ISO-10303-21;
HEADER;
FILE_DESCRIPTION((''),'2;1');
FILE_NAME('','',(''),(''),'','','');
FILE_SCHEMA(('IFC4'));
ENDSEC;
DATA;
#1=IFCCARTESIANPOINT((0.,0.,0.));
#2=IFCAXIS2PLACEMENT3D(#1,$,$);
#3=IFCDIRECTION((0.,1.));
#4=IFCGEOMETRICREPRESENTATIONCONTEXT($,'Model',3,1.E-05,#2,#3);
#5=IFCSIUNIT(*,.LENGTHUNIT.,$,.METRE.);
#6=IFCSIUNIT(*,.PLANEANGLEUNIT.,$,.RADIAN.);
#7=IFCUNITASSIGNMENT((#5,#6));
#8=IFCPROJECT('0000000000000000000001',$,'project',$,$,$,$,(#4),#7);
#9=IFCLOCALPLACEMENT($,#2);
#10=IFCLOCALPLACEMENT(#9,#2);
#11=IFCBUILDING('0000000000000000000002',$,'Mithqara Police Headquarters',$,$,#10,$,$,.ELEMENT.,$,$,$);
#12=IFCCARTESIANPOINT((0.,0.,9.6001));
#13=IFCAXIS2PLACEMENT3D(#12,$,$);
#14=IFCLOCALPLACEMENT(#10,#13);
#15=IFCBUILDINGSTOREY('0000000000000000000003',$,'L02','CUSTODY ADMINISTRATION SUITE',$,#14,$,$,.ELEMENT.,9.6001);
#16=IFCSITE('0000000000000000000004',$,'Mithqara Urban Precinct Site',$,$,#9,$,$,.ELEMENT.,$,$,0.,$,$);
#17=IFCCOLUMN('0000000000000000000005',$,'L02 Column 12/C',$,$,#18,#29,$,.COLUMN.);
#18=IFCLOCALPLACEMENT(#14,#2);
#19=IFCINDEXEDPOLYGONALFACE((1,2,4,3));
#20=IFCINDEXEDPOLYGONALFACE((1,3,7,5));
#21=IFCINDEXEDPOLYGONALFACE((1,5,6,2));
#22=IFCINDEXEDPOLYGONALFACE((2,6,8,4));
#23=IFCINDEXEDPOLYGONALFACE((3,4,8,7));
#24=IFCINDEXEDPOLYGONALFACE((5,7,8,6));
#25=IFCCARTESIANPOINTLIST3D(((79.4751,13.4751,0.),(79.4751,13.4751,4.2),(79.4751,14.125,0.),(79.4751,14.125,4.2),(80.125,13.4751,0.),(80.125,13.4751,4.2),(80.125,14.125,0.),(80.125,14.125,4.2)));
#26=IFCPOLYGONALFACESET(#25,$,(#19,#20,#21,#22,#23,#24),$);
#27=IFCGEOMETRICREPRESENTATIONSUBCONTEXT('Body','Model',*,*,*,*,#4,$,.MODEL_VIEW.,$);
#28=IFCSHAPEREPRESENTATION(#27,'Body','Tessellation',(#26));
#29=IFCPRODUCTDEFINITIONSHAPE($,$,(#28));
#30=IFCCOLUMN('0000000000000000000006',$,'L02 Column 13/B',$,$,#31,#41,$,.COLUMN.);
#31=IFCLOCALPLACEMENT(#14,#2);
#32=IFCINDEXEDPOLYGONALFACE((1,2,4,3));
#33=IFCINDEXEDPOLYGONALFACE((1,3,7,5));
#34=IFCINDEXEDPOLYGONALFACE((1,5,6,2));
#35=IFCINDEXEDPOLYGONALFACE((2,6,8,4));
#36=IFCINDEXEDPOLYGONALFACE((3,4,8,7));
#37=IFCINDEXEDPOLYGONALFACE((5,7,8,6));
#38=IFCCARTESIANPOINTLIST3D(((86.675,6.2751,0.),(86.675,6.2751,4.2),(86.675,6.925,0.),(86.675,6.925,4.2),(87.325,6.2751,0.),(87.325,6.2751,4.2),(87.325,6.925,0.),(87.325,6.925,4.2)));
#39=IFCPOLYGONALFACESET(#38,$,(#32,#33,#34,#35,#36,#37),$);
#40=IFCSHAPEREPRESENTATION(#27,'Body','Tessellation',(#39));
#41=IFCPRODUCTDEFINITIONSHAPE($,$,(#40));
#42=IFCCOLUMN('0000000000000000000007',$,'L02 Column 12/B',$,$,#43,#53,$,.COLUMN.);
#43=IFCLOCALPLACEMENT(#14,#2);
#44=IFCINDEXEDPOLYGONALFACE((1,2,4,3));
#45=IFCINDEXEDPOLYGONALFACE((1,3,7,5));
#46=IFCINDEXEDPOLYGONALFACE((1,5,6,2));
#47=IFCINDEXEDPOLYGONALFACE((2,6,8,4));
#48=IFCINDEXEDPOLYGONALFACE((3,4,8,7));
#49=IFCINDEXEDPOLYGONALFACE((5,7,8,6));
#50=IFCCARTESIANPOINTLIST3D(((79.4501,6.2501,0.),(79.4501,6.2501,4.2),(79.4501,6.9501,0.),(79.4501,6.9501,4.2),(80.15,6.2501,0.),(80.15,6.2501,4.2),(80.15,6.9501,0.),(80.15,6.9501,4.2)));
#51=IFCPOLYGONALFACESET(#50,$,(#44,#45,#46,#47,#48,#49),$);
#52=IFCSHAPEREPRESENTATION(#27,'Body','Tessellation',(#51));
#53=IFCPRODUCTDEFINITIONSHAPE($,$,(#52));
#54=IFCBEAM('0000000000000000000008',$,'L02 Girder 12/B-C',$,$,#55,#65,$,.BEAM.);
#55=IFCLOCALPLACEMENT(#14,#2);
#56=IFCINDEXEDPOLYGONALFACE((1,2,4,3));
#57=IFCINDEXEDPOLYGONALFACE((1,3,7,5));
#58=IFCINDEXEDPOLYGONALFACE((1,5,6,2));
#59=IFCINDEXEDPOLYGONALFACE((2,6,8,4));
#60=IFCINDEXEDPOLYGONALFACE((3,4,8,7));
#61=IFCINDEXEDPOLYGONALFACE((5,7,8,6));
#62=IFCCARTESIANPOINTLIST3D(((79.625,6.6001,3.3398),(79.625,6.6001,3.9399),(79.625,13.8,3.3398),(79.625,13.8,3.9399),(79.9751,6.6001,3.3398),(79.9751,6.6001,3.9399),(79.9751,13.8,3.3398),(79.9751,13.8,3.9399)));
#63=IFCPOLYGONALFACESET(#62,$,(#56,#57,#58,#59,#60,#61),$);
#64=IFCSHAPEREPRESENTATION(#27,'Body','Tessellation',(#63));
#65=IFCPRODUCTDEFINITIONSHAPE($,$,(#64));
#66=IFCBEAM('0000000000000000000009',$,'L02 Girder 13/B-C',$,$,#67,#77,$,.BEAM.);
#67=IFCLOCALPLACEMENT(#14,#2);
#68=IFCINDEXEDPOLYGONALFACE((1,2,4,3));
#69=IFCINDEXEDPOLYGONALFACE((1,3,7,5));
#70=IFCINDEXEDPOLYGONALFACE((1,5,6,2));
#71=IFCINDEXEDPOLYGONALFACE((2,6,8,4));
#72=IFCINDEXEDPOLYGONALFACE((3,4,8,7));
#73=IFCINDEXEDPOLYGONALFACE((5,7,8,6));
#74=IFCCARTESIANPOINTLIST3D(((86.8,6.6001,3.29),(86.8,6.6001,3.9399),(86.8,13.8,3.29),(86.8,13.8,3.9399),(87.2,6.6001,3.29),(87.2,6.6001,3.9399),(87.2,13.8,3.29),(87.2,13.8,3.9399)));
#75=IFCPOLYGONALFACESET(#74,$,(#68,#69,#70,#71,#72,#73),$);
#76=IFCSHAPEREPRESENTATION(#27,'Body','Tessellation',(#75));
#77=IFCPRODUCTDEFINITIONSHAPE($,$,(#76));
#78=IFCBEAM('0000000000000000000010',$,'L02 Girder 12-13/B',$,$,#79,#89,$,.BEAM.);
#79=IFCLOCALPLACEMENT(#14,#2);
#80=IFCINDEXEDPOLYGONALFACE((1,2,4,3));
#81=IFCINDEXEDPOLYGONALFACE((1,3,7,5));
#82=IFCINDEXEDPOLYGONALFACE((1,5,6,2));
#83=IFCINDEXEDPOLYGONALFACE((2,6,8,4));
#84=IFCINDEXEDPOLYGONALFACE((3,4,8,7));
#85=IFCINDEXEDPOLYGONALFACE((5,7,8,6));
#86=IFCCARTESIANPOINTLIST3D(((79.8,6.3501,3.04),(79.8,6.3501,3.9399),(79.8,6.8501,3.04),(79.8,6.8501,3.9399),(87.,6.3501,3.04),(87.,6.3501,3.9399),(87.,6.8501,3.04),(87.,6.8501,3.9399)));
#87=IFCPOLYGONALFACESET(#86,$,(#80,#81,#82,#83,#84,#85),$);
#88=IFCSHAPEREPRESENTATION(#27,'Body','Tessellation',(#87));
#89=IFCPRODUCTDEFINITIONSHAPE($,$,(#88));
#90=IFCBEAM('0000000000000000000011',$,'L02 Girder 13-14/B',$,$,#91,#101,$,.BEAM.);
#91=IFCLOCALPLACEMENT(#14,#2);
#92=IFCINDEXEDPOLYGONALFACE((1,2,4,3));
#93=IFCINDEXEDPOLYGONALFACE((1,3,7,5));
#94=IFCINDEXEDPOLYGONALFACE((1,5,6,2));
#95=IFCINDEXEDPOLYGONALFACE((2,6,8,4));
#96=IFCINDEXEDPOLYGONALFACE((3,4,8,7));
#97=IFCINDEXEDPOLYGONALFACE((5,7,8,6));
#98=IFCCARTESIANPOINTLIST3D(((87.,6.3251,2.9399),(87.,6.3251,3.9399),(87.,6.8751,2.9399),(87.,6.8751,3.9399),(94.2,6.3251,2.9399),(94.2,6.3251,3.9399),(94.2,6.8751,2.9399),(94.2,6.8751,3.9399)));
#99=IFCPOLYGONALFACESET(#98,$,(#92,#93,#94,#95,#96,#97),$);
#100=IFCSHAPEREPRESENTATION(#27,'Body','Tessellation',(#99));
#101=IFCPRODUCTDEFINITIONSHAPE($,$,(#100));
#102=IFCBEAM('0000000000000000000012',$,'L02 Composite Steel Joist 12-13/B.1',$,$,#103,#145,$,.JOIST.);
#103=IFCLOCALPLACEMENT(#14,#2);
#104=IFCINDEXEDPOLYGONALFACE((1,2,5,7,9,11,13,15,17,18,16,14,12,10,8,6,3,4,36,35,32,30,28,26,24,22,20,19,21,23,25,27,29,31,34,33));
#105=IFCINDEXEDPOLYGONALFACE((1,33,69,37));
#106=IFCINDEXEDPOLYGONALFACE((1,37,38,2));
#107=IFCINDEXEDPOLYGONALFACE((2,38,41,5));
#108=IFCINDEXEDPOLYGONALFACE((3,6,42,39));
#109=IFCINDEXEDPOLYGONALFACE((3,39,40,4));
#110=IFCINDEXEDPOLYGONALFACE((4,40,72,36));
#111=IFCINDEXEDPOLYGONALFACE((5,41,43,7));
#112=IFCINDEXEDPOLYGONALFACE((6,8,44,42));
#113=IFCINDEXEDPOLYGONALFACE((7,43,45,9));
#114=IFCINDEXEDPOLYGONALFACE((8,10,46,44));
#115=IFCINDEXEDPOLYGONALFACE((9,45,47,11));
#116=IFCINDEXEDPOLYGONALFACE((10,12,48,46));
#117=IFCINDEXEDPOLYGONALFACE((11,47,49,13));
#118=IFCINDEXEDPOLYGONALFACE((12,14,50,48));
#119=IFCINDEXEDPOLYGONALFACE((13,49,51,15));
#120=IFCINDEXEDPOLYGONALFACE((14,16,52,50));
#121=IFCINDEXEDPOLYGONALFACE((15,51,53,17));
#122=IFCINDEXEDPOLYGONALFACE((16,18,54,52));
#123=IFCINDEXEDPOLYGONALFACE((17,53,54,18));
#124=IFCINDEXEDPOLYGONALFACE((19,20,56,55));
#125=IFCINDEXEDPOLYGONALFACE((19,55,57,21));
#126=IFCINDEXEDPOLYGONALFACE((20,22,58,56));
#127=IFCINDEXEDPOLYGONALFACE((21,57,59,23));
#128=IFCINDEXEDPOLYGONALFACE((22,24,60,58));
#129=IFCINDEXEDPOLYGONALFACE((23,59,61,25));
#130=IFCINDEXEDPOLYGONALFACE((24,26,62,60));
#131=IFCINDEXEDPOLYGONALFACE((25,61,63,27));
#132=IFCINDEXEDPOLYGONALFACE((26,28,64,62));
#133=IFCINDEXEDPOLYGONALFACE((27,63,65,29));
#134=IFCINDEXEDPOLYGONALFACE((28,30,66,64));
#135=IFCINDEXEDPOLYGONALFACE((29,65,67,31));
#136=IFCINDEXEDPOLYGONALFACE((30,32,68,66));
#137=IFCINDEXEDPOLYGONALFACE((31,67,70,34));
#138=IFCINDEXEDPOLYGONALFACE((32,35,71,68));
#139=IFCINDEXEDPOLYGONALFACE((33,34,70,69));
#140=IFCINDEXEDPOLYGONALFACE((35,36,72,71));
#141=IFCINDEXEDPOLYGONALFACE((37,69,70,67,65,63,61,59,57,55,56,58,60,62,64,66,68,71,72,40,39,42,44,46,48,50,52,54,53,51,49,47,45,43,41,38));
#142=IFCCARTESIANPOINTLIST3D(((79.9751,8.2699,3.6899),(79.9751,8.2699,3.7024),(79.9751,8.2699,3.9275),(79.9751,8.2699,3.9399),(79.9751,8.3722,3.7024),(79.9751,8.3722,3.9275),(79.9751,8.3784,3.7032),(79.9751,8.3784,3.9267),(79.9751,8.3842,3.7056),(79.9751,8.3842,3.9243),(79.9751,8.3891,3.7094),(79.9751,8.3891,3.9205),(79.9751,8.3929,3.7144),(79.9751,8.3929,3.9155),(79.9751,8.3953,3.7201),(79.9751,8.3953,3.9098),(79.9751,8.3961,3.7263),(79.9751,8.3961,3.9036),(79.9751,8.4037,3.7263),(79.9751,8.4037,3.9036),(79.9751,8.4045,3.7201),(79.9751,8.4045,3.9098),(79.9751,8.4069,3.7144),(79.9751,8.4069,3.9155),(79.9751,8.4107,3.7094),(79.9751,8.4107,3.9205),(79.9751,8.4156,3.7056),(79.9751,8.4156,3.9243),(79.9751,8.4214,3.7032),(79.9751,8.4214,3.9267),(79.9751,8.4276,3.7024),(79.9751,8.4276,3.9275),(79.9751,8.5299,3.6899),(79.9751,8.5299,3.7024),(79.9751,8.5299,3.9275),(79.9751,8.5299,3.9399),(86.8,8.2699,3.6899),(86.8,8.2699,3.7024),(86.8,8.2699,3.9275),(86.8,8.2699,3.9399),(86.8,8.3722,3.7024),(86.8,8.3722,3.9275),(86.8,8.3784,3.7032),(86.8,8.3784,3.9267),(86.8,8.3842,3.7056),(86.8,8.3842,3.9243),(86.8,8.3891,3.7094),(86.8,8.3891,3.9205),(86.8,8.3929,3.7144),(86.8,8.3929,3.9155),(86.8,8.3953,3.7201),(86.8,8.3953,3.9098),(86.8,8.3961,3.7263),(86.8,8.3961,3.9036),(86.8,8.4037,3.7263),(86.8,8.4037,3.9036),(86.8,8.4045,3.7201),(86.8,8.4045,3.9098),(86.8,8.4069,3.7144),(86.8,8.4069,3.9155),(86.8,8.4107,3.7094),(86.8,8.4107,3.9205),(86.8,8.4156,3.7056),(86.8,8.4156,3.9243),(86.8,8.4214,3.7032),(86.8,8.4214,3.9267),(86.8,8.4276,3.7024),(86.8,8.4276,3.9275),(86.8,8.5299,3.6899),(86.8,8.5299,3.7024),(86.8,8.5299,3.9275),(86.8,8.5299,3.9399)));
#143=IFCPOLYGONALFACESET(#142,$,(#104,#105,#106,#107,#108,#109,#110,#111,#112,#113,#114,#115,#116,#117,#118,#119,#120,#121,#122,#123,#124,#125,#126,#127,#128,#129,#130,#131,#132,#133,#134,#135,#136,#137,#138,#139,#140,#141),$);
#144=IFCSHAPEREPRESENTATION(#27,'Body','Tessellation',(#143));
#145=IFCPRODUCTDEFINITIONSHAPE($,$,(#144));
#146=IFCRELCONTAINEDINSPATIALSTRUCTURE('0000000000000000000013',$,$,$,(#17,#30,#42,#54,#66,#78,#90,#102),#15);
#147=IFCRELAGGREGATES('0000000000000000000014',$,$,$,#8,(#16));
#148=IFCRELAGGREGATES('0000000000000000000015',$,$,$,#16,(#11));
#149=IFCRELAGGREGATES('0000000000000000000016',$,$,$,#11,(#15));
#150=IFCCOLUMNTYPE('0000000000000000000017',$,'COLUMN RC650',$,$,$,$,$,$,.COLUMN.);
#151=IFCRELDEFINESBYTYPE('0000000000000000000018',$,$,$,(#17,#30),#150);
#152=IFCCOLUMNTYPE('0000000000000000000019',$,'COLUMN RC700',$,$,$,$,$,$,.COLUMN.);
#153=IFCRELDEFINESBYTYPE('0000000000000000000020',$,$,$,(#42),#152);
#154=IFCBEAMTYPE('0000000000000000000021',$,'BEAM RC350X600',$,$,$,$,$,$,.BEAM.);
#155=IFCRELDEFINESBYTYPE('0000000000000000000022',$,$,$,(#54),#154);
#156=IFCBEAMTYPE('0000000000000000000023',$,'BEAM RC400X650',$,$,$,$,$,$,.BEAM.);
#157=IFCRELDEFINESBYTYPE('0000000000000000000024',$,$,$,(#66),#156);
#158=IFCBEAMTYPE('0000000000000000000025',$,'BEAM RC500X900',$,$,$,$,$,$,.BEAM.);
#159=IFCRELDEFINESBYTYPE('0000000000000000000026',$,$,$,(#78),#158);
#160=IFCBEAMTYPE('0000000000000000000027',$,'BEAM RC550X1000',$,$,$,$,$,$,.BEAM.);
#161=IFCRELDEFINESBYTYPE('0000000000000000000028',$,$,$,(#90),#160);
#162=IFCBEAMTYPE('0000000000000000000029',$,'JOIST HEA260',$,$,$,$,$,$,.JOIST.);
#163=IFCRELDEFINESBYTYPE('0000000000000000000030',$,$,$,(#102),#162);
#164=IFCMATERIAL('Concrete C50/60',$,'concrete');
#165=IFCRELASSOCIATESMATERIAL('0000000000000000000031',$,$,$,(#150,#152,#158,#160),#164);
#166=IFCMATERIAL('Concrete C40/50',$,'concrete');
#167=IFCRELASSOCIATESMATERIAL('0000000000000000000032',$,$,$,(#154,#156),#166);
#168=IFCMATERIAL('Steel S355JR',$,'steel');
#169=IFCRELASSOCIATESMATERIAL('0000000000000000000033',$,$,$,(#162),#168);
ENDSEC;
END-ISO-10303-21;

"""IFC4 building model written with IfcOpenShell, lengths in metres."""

from ifc_helpers import new_model, si_unit, direction, frame, origin, origin_2d, place, context, subcontext, project, spatial, rectangle, i_section, extrude, material, material_profile, profile_set, type_object, element, save


model = new_model("IFC4")

# Units and contexts
model_context = context("Model", 3, precision=1e-05, world=origin(), true_north=direction((0.0, 1.0)))
body_context = subcontext(model_context, "Body", "Model", "MODEL_VIEW")
ifc_project = project(units=[si_unit("LENGTHUNIT", "METRE"), si_unit("PLANEANGLEUNIT", "RADIAN")], contexts=[model_context])

# Site, building, storey
site_placement = place(None, origin())
site = spatial("IfcSite", under=ifc_project, at=site_placement, Name="Mithqara Urban Precinct Site", CompositionType="ELEMENT", RefElevation=0.0)
building_placement = place(site_placement, origin())
building = spatial("IfcBuilding", under=site, at=building_placement, Name="Mithqara Police Headquarters", CompositionType="ELEMENT")
storey_placement = place(building_placement, frame((0.0, 0.0, 9.6001)))
storey = spatial("IfcBuildingStorey", under=building, at=storey_placement, Name="L02", Description="CUSTODY ADMINISTRATION SUITE", CompositionType="ELEMENT", Elevation=9.6001)

# Columns
ifc_material_1 = material(Name="Concrete C50/60", Category="concrete")
ifc_material_profile_1 = material_profile(ifc_material_1, rectangle(XDim=0.6499, YDim=0.6499, at=origin_2d()), Name="RC 650x650")
ifc_profile_set_1 = profile_set([ifc_material_profile_1], Name="Concrete C50/60")
column_type_1 = type_object("IfcColumnType", Name="COLUMN RC650", PredefinedType="COLUMN", material=ifc_profile_set_1)
for number, where, z_axis, x_axis, name in (
    (1, (79.8, 13.8, 0.0), (0.0, 0.0, 1.0), (1.0, 0.0, 0.0), "L02 Column 12/C"),
    (2, (87.0, 6.6001, 0.0), (0.0, 0.0, 1.0), (1.0, 0.0, 0.0), "L02 Column 13/B"),
):
    element("IfcColumn", number, at=place(storey_placement, frame(where, z_axis=z_axis, x_axis=x_axis)), inside=storey, type_object=column_type_1, Name=name, PredefinedType="COLUMN", context=body_context, shape_type="SweptSolid", body=[
        extrude(rectangle(XDim=0.6499, YDim=0.6499, at=origin_2d()), origin(), (0.0, 0.0, 1.0), 4.2),
    ])
ifc_material_profile_2 = material_profile(ifc_material_1, rectangle(XDim=0.7, YDim=0.7, at=origin_2d()), Name="RC 700x700")
ifc_profile_set_2 = profile_set([ifc_material_profile_2], Name="Concrete C50/60")
column_type_2 = type_object("IfcColumnType", Name="COLUMN RC700", PredefinedType="COLUMN", material=ifc_profile_set_2)
column_placement = place(storey_placement, frame((79.8, 6.6001, 0.0), z_axis=(0.0, 0.0, 1.0), x_axis=(1.0, 0.0, 0.0)))
element("IfcColumn", 3, at=column_placement, inside=storey, type_object=column_type_2, Name="L02 Column 12/B", PredefinedType="COLUMN", context=body_context, shape_type="SweptSolid", body=[
    extrude(rectangle(XDim=0.7, YDim=0.7, at=origin_2d()), origin(), (0.0, 0.0, 1.0), 4.2),
])

# Beams
ifc_material_2 = material(Name="Concrete C40/50", Category="concrete")
ifc_material_profile_3 = material_profile(ifc_material_2, rectangle(XDim=0.3501, YDim=0.6001, at=origin_2d()), Name="RC 350x600")
ifc_profile_set_3 = profile_set([ifc_material_profile_3], Name="Concrete C40/50")
beam_type_1 = type_object("IfcBeamType", Name="BEAM RC350X600", PredefinedType="BEAM", material=ifc_profile_set_3)
beam_1_placement = place(storey_placement, frame((79.8, 6.6001, 3.6399), z_axis=(0.0, 1.0, 0.0), x_axis=(-1.0, 0.0, 0.0)))
element("IfcBeam", 4, at=beam_1_placement, inside=storey, type_object=beam_type_1, Name="L02 Girder 12/B-C", PredefinedType="BEAM", context=body_context, shape_type="SweptSolid", body=[
    extrude(rectangle(XDim=0.3501, YDim=0.6001, at=origin_2d()), origin(), (0.0, 0.0, 1.0), 7.2),
])
ifc_material_profile_4 = material_profile(ifc_material_2, rectangle(XDim=0.3999, YDim=0.6499, at=origin_2d()), Name="RC 400x650")
ifc_profile_set_4 = profile_set([ifc_material_profile_4], Name="Concrete C40/50")
beam_type_2 = type_object("IfcBeamType", Name="BEAM RC400X650", PredefinedType="BEAM", material=ifc_profile_set_4)
beam_2_placement = place(storey_placement, frame((87.0, 6.6001, 3.615), z_axis=(0.0, 1.0, 0.0), x_axis=(-1.0, 0.0, 0.0)))
element("IfcBeam", 5, at=beam_2_placement, inside=storey, type_object=beam_type_2, Name="L02 Girder 13/B-C", PredefinedType="BEAM", context=body_context, shape_type="SweptSolid", body=[
    extrude(rectangle(XDim=0.3999, YDim=0.6499, at=origin_2d()), origin(), (0.0, 0.0, 1.0), 7.2),
])
ifc_material_profile_5 = material_profile(ifc_material_1, rectangle(XDim=0.5, YDim=0.8999, at=origin_2d()), Name="RC 500x900")
ifc_profile_set_5 = profile_set([ifc_material_profile_5], Name="Concrete C50/60")
beam_type_3 = type_object("IfcBeamType", Name="BEAM RC500X900", PredefinedType="BEAM", material=ifc_profile_set_5)
beam_3_placement = place(storey_placement, frame((79.8, 6.6001, 3.49), z_axis=(1.0, 0.0, 0.0), x_axis=(0.0, 1.0, 0.0)))
element("IfcBeam", 6, at=beam_3_placement, inside=storey, type_object=beam_type_3, Name="L02 Girder 12-13/B", PredefinedType="BEAM", context=body_context, shape_type="SweptSolid", body=[
    extrude(rectangle(XDim=0.5, YDim=0.8999, at=origin_2d()), origin(), (0.0, 0.0, 1.0), 7.2),
])
ifc_material_profile_6 = material_profile(ifc_material_1, rectangle(XDim=0.55, YDim=1.0, at=origin_2d()), Name="RC 550x1000")
ifc_profile_set_6 = profile_set([ifc_material_profile_6], Name="Concrete C50/60")
beam_type_4 = type_object("IfcBeamType", Name="BEAM RC550X1000", PredefinedType="BEAM", material=ifc_profile_set_6)
beam_4_placement = place(storey_placement, frame((87.0, 6.6001, 3.4399), z_axis=(1.0, 0.0, 0.0), x_axis=(0.0, 1.0, 0.0)))
element("IfcBeam", 7, at=beam_4_placement, inside=storey, type_object=beam_type_4, Name="L02 Girder 13-14/B", PredefinedType="BEAM", context=body_context, shape_type="SweptSolid", body=[
    extrude(rectangle(XDim=0.55, YDim=1.0, at=origin_2d()), origin(), (0.0, 0.0, 1.0), 7.2),
])
ifc_material_3 = material(Name="Steel S355JR", Category="steel")
ifc_material_profile_7 = material_profile(ifc_material_3, i_section(OverallWidth=0.26, OverallDepth=0.25, WebThickness=0.0076, FlangeThickness=0.0125, FilletRadius=0.0239, at=origin_2d()), Name="HEA 260")
ifc_profile_set_7 = profile_set([ifc_material_profile_7], Name="Steel S355JR")
beam_type_5 = type_object("IfcBeamType", Name="JOIST HEA260", PredefinedType="JOIST", material=ifc_profile_set_7)
beam_5_placement = place(storey_placement, frame((79.9751, 8.3999, 3.8149), z_axis=(1.0, 0.0, 0.0), x_axis=(0.0, 1.0, 0.0)))
element("IfcBeam", 8, at=beam_5_placement, inside=storey, type_object=beam_type_5, Name="L02 Composite Steel Joist 12-13/B.1", PredefinedType="JOIST", context=body_context, shape_type="SweptSolid", body=[
    extrude(i_section(OverallWidth=0.26, OverallDepth=0.25, WebThickness=0.0076, FlangeThickness=0.0125, FilletRadius=0.0239, at=origin_2d()), origin(), (0.0, 0.0, 1.0), 6.825),
])

save(model, "model.ifc")
